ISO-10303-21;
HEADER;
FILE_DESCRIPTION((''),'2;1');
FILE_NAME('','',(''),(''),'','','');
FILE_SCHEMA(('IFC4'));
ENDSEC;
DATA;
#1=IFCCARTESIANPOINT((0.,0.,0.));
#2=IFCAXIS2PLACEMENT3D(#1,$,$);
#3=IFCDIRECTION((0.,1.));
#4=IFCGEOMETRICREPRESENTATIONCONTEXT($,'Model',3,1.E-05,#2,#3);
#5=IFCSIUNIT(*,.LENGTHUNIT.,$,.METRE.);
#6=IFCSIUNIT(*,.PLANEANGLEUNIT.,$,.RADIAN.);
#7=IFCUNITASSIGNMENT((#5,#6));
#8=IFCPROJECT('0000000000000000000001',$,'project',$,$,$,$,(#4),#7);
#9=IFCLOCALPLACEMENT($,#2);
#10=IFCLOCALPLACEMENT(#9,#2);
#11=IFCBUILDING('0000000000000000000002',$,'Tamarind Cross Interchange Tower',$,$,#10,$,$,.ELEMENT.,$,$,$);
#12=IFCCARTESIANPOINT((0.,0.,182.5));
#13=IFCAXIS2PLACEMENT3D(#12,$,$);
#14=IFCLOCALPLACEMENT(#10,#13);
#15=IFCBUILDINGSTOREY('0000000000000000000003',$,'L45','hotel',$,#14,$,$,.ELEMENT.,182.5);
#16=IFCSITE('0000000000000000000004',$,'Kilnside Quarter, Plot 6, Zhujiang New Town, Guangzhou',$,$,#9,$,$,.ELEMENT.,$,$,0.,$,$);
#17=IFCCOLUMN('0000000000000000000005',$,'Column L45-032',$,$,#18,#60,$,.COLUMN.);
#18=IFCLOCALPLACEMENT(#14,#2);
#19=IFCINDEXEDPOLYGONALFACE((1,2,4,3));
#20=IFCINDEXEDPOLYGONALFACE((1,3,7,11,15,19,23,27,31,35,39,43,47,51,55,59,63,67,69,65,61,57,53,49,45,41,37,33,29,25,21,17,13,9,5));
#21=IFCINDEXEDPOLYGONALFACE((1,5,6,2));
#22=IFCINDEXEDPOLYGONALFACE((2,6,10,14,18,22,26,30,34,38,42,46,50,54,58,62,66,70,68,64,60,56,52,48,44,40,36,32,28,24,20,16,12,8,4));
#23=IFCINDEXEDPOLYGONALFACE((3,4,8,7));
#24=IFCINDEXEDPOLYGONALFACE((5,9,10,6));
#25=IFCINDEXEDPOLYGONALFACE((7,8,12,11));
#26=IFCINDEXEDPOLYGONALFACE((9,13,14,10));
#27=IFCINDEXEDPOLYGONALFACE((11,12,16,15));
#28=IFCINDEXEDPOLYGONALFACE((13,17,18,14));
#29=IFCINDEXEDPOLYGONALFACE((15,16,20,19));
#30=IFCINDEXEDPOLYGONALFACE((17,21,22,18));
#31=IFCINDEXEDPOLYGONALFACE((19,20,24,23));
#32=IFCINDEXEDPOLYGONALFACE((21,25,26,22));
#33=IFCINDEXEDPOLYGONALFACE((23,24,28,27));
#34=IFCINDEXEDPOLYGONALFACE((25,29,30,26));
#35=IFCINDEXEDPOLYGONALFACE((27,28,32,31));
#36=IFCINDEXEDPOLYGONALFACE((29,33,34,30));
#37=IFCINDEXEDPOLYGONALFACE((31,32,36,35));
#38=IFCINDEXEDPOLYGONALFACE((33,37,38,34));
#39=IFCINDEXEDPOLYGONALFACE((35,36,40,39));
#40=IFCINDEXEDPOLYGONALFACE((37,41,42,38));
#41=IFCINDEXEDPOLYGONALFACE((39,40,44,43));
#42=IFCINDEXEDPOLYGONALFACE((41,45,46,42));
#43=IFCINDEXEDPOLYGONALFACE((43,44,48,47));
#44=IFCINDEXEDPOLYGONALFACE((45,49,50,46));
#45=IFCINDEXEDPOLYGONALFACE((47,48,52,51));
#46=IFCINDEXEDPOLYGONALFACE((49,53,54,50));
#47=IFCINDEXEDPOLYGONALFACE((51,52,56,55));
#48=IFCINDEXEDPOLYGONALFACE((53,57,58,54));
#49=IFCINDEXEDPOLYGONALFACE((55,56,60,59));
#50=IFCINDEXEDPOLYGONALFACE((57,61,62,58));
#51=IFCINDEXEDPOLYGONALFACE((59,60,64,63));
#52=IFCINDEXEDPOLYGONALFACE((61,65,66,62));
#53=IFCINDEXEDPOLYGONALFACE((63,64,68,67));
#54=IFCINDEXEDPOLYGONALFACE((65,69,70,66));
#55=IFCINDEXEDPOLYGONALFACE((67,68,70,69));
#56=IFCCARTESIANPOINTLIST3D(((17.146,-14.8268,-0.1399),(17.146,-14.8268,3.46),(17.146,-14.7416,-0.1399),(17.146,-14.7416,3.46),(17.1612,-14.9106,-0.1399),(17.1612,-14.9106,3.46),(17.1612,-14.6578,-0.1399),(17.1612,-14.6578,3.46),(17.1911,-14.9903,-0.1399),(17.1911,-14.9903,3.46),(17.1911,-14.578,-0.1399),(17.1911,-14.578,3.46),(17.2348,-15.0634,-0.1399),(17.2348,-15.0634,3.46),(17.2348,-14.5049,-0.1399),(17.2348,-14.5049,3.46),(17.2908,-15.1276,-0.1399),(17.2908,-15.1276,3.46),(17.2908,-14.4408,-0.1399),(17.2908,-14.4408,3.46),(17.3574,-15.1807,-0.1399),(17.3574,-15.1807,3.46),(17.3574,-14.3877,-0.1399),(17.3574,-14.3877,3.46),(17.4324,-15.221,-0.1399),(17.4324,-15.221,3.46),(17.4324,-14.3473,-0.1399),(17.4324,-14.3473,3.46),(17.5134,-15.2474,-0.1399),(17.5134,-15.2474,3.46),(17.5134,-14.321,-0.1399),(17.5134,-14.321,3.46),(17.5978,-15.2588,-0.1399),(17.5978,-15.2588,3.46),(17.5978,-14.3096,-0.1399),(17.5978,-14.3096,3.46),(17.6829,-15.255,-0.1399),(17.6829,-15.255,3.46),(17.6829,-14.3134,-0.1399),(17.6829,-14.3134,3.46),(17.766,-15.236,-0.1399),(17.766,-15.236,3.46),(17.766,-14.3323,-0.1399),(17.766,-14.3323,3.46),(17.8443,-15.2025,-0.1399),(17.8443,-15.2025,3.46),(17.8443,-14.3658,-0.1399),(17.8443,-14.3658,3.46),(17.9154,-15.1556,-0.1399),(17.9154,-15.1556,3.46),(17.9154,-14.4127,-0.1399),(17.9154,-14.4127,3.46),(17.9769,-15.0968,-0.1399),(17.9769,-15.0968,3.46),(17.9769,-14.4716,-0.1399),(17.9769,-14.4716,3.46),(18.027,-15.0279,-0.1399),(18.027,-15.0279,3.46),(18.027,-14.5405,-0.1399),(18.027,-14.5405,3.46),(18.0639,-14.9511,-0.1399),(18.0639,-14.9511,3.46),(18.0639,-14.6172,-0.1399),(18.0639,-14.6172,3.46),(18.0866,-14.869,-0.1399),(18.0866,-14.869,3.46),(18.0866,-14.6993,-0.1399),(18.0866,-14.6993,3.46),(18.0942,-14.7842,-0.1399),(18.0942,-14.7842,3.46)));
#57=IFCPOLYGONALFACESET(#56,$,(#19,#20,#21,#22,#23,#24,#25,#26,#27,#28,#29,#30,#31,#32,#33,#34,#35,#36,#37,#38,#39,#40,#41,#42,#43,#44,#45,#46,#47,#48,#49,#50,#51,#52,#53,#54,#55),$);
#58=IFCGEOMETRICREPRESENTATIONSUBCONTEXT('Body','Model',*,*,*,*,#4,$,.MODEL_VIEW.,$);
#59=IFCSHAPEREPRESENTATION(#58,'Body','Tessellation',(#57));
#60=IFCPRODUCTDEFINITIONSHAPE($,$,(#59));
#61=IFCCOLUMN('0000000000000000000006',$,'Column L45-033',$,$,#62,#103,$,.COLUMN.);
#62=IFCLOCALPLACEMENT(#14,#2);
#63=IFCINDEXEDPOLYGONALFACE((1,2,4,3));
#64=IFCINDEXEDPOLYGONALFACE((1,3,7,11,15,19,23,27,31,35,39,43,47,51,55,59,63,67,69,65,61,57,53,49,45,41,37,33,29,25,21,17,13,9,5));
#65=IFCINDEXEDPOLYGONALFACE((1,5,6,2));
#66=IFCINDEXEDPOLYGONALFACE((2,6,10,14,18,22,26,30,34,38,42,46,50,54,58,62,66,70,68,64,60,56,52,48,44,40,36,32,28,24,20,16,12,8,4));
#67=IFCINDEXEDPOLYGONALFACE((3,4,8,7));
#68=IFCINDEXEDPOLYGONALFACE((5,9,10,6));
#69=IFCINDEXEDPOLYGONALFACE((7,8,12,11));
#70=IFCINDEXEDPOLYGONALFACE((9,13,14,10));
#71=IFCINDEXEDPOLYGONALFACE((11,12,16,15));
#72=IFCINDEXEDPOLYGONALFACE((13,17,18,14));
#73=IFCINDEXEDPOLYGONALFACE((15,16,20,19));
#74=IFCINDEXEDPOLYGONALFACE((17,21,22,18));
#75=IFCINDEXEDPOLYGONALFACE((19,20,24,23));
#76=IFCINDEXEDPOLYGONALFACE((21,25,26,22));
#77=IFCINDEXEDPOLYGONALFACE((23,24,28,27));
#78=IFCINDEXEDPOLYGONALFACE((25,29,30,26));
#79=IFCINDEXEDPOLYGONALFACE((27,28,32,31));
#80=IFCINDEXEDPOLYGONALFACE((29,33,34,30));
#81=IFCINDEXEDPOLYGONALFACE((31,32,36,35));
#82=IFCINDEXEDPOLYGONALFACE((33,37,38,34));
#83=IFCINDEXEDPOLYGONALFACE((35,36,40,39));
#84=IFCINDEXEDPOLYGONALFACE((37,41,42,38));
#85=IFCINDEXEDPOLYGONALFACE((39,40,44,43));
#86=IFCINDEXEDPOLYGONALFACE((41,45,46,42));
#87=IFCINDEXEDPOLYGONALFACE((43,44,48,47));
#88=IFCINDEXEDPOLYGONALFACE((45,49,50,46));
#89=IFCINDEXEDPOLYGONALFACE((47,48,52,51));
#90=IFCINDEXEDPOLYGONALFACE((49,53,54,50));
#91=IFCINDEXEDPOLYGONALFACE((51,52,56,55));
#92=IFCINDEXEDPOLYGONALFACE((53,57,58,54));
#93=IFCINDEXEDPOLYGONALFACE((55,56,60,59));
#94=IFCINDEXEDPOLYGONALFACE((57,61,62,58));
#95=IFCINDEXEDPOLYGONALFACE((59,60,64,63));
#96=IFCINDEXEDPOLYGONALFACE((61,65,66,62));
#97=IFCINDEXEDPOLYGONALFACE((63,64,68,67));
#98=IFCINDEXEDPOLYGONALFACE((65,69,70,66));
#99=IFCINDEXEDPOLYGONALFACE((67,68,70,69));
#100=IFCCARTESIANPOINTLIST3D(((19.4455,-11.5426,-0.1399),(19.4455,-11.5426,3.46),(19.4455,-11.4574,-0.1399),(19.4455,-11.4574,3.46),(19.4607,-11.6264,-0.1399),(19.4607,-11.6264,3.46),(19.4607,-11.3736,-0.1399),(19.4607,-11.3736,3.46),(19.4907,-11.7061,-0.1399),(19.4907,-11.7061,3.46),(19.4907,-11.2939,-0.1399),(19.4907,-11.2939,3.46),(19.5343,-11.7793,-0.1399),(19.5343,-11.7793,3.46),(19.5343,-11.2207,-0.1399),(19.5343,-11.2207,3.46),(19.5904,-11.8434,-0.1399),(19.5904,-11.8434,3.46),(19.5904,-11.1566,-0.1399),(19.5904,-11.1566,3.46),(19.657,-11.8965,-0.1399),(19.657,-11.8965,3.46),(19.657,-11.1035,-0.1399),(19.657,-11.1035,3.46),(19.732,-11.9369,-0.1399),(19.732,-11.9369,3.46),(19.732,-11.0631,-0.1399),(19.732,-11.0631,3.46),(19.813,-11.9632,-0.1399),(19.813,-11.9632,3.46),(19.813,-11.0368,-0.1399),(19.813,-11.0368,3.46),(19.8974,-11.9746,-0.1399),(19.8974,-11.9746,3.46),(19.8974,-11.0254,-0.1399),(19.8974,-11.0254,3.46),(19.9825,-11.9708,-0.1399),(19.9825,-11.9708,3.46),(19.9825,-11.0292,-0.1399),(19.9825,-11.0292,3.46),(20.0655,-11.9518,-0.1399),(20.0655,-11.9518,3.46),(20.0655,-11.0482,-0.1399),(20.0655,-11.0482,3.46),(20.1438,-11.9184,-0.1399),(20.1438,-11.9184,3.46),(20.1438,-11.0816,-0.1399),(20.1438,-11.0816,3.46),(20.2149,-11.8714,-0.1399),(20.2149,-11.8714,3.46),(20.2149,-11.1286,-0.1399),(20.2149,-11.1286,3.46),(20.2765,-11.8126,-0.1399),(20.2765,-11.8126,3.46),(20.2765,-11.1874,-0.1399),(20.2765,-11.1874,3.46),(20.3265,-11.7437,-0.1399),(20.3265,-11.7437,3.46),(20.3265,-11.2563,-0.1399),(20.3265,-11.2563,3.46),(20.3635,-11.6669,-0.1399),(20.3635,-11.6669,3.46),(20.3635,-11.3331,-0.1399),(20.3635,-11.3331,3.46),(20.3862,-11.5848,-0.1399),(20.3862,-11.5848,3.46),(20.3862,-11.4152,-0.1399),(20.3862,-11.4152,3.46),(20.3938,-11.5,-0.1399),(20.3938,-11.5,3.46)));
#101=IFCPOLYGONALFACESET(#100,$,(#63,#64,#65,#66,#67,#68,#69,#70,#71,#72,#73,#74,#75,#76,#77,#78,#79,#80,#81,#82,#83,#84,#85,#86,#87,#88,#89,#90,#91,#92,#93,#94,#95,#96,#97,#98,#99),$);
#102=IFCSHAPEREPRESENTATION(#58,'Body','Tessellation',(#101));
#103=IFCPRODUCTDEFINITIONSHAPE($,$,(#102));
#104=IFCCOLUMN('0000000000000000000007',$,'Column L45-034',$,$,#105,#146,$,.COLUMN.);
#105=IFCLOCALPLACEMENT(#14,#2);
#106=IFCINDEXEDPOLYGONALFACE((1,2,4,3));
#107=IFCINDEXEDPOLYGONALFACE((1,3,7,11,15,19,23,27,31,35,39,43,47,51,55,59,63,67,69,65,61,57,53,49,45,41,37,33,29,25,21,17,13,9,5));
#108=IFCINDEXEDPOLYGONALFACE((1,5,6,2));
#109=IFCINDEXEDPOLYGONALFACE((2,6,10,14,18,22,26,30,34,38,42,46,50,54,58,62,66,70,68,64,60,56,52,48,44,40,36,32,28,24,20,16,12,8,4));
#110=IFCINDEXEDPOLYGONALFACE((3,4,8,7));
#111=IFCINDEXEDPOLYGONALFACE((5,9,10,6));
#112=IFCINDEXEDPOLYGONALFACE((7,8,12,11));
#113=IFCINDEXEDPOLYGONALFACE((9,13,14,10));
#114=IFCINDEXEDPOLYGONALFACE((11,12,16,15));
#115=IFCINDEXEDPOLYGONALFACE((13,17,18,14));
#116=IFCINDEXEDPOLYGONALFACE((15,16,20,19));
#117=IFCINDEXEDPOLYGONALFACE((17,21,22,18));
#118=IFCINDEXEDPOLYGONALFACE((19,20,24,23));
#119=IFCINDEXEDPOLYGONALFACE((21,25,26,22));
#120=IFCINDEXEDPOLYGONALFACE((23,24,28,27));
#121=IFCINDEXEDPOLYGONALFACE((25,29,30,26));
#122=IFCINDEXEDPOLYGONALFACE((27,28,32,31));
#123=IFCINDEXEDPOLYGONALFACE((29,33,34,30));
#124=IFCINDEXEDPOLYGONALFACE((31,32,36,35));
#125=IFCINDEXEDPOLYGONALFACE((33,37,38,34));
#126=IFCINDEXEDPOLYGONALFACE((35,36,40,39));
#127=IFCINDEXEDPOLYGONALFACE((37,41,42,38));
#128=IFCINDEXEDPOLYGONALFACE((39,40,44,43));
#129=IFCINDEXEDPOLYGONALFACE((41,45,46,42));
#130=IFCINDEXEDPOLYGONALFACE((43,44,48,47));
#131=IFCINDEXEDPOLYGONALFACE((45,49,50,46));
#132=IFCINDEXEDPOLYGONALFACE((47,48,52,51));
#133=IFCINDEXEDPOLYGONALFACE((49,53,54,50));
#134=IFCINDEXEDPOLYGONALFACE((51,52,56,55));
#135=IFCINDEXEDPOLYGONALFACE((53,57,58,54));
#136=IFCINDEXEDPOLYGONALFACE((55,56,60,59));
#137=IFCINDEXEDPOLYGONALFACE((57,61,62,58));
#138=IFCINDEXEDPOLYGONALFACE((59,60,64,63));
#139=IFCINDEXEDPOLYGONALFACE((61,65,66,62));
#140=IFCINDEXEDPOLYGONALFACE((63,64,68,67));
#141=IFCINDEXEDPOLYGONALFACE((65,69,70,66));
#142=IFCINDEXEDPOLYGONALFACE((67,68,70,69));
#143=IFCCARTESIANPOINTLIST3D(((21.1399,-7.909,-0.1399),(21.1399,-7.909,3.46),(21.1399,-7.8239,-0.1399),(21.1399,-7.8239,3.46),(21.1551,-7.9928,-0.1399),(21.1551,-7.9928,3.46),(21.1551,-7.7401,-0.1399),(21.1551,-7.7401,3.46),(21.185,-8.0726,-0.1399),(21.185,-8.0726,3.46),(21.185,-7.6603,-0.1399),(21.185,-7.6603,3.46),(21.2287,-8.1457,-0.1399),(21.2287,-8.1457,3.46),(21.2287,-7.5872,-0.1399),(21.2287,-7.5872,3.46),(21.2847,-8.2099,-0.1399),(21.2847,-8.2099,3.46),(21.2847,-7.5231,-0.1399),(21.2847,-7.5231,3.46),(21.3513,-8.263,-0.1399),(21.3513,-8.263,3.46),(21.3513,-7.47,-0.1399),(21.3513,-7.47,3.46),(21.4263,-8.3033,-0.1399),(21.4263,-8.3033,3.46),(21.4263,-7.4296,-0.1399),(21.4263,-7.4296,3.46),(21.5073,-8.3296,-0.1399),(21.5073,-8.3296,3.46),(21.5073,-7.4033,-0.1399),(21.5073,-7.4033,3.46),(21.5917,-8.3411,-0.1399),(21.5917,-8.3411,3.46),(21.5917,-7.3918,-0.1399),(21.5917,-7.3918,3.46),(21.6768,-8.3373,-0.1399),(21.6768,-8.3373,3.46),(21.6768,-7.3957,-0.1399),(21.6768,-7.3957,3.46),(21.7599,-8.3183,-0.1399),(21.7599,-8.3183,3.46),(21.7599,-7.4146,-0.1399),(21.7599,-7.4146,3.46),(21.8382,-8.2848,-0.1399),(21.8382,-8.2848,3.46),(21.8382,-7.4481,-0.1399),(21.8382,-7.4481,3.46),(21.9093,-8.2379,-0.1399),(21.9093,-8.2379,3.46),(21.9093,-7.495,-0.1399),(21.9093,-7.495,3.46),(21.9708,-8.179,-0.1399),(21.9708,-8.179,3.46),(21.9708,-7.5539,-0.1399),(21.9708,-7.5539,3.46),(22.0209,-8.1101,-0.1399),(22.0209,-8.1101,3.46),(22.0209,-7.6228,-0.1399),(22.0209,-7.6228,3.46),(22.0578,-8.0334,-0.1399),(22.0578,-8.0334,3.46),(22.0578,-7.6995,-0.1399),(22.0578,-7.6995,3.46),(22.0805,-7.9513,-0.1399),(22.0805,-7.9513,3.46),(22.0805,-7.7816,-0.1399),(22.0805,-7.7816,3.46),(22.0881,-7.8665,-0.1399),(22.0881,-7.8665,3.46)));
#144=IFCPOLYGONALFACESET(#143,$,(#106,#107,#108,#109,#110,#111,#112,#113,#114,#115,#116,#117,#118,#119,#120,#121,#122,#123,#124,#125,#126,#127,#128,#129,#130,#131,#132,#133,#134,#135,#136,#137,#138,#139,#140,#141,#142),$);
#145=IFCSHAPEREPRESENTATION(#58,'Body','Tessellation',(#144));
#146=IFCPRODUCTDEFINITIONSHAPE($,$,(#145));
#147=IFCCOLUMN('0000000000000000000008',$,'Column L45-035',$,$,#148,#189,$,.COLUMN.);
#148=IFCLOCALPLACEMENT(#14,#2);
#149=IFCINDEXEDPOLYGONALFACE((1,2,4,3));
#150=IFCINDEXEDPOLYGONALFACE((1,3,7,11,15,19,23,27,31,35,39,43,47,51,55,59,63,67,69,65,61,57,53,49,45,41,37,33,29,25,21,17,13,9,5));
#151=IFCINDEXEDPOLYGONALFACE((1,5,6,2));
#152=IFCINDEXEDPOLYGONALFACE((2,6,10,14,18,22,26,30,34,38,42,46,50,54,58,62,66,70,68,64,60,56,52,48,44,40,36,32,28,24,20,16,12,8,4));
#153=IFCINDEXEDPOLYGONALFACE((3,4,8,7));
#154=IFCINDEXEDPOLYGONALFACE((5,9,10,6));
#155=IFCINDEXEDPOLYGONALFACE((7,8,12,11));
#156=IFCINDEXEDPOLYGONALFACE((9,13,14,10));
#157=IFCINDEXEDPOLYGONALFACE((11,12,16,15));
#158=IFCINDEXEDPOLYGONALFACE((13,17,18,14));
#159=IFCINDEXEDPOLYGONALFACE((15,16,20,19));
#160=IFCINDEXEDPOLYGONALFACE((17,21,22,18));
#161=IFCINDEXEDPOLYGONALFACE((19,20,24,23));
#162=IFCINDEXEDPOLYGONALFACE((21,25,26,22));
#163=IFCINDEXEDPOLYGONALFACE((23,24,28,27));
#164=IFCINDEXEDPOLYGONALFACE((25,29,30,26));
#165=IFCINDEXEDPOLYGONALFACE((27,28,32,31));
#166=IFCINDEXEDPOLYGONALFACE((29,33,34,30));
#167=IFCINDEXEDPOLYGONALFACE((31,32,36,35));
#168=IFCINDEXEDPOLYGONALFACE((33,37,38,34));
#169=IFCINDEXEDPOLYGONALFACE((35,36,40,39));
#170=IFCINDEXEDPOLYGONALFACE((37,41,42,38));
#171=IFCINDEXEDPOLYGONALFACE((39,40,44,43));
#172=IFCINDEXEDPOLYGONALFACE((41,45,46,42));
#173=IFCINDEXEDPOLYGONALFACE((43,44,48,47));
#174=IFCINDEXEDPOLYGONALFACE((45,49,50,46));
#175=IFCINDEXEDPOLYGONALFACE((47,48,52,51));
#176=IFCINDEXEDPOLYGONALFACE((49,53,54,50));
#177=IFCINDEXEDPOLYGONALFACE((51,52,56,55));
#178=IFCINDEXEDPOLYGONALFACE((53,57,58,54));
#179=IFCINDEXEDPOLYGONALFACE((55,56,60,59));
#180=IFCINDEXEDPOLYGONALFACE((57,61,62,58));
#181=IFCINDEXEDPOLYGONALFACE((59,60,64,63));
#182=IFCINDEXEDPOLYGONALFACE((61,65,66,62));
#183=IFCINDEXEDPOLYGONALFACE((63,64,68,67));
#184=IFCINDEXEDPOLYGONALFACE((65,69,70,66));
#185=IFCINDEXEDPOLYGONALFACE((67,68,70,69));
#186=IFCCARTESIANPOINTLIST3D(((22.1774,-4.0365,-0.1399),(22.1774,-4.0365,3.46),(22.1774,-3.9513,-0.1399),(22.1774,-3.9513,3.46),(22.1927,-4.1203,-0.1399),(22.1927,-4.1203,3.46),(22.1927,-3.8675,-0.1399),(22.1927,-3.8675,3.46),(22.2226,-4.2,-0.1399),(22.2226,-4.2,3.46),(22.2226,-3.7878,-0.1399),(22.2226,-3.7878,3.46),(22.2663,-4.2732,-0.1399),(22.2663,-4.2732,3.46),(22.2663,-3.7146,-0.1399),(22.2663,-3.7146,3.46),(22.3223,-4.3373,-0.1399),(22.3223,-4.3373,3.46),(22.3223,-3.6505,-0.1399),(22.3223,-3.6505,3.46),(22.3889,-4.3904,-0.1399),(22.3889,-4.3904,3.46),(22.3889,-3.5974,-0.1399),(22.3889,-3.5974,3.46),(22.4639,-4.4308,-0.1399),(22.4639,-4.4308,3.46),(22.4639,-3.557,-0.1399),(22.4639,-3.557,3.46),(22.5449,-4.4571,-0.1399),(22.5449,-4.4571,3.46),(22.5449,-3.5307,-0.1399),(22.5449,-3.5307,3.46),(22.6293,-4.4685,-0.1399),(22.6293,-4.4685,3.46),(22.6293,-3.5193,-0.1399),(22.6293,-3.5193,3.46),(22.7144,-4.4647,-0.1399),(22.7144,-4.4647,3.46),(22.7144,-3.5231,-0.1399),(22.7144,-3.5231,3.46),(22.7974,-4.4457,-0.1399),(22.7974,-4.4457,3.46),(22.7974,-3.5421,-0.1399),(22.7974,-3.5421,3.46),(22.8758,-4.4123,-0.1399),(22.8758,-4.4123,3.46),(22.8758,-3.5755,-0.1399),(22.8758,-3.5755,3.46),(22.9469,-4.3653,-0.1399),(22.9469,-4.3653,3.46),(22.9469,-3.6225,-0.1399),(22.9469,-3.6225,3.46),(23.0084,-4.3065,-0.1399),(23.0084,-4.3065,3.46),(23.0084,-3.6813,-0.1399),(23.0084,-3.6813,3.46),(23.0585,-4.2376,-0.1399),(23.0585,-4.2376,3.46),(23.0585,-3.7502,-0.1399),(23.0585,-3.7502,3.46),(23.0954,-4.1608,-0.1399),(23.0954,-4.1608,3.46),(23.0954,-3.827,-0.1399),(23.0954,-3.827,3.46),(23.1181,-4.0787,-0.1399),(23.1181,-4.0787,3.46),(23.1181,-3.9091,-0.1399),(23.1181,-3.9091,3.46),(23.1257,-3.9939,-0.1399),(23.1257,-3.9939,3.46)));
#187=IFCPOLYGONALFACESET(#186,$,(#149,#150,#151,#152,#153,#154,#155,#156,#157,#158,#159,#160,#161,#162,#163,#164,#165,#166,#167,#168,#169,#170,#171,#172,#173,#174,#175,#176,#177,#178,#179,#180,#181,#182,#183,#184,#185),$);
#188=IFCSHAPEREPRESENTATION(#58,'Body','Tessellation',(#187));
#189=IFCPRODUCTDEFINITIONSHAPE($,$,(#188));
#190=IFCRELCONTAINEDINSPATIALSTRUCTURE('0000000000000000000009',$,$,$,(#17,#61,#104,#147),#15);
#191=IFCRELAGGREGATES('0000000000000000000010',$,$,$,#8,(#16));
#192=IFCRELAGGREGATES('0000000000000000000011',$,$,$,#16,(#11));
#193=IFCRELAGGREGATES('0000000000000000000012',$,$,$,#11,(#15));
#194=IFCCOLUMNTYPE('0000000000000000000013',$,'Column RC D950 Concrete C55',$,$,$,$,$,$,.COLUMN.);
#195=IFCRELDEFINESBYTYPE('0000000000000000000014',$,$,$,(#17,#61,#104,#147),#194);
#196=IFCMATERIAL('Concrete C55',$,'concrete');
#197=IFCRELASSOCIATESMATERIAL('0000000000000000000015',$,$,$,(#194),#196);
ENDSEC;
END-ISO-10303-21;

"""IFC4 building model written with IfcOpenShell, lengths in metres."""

from ifc_helpers import new_model, si_unit, direction, frame, origin, origin_2d, place, context, subcontext, project, spatial, circle, extrude, material, material_profile, profile_set, type_object, element, save


model = new_model("IFC4")

# Units and contexts
model_context = context("Model", 3, precision=1e-05, world=origin(), true_north=direction((0.0, 1.0)))
body_context = subcontext(model_context, "Body", "Model", "MODEL_VIEW")
ifc_project = project(units=[si_unit("LENGTHUNIT", "METRE"), si_unit("PLANEANGLEUNIT", "RADIAN")], contexts=[model_context])

# Site, building, storey
site_placement = place(None, origin())
site = spatial("IfcSite", under=ifc_project, at=site_placement, Name="Kilnside Quarter, Plot 6, Zhujiang New Town, Guangzhou", CompositionType="ELEMENT", RefElevation=0.0)
building_placement = place(site_placement, origin())
building = spatial("IfcBuilding", under=site, at=building_placement, Name="Tamarind Cross Interchange Tower", CompositionType="ELEMENT")
storey_placement = place(building_placement, frame((0.0, 0.0, 182.5)))
storey = spatial("IfcBuildingStorey", under=building, at=storey_placement, Name="L45", Description="hotel", CompositionType="ELEMENT", Elevation=182.5)

# Columns
ifc_material_1 = material(Name="Concrete C55", Category="concrete")
ifc_material_profile_1 = material_profile(ifc_material_1, circle(Radius=0.4751, at=origin_2d()), Name="RC D950")
ifc_profile_set_1 = profile_set([ifc_material_profile_1], Name="Concrete C55")
column_type = type_object("IfcColumnType", Name="Column RC D950 Concrete C55", PredefinedType="COLUMN", material=ifc_profile_set_1)
for number, where, z_axis, x_axis, name in (
    (1, (17.6191, -14.7842, -0.1399), (0.0, 0.0, 1.0), (1.0, 0.0, 0.0), "Column L45-032"),
    (2, (19.9187, -11.5, -0.1399), (0.0, 0.0, 1.0), (1.0, 0.0, 0.0), "Column L45-033"),
    (3, (21.613, -7.8665, -0.1399), (0.0, 0.0, 1.0), (1.0, 0.0, 0.0), "Column L45-034"),
    (4, (22.6506, -3.9939, -0.1399), (0.0, 0.0, 1.0), (1.0, 0.0, 0.0), "Column L45-035"),
):
    element("IfcColumn", number, at=place(storey_placement, frame(where, z_axis=z_axis, x_axis=x_axis)), inside=storey, type_object=column_type, Name=name, PredefinedType="COLUMN", context=body_context, shape_type="SweptSolid", body=[
        extrude(circle(Radius=0.4751, at=origin_2d()), origin(), (0.0, 0.0, 1.0), 3.5999),
    ])

save(model, "model.ifc")
